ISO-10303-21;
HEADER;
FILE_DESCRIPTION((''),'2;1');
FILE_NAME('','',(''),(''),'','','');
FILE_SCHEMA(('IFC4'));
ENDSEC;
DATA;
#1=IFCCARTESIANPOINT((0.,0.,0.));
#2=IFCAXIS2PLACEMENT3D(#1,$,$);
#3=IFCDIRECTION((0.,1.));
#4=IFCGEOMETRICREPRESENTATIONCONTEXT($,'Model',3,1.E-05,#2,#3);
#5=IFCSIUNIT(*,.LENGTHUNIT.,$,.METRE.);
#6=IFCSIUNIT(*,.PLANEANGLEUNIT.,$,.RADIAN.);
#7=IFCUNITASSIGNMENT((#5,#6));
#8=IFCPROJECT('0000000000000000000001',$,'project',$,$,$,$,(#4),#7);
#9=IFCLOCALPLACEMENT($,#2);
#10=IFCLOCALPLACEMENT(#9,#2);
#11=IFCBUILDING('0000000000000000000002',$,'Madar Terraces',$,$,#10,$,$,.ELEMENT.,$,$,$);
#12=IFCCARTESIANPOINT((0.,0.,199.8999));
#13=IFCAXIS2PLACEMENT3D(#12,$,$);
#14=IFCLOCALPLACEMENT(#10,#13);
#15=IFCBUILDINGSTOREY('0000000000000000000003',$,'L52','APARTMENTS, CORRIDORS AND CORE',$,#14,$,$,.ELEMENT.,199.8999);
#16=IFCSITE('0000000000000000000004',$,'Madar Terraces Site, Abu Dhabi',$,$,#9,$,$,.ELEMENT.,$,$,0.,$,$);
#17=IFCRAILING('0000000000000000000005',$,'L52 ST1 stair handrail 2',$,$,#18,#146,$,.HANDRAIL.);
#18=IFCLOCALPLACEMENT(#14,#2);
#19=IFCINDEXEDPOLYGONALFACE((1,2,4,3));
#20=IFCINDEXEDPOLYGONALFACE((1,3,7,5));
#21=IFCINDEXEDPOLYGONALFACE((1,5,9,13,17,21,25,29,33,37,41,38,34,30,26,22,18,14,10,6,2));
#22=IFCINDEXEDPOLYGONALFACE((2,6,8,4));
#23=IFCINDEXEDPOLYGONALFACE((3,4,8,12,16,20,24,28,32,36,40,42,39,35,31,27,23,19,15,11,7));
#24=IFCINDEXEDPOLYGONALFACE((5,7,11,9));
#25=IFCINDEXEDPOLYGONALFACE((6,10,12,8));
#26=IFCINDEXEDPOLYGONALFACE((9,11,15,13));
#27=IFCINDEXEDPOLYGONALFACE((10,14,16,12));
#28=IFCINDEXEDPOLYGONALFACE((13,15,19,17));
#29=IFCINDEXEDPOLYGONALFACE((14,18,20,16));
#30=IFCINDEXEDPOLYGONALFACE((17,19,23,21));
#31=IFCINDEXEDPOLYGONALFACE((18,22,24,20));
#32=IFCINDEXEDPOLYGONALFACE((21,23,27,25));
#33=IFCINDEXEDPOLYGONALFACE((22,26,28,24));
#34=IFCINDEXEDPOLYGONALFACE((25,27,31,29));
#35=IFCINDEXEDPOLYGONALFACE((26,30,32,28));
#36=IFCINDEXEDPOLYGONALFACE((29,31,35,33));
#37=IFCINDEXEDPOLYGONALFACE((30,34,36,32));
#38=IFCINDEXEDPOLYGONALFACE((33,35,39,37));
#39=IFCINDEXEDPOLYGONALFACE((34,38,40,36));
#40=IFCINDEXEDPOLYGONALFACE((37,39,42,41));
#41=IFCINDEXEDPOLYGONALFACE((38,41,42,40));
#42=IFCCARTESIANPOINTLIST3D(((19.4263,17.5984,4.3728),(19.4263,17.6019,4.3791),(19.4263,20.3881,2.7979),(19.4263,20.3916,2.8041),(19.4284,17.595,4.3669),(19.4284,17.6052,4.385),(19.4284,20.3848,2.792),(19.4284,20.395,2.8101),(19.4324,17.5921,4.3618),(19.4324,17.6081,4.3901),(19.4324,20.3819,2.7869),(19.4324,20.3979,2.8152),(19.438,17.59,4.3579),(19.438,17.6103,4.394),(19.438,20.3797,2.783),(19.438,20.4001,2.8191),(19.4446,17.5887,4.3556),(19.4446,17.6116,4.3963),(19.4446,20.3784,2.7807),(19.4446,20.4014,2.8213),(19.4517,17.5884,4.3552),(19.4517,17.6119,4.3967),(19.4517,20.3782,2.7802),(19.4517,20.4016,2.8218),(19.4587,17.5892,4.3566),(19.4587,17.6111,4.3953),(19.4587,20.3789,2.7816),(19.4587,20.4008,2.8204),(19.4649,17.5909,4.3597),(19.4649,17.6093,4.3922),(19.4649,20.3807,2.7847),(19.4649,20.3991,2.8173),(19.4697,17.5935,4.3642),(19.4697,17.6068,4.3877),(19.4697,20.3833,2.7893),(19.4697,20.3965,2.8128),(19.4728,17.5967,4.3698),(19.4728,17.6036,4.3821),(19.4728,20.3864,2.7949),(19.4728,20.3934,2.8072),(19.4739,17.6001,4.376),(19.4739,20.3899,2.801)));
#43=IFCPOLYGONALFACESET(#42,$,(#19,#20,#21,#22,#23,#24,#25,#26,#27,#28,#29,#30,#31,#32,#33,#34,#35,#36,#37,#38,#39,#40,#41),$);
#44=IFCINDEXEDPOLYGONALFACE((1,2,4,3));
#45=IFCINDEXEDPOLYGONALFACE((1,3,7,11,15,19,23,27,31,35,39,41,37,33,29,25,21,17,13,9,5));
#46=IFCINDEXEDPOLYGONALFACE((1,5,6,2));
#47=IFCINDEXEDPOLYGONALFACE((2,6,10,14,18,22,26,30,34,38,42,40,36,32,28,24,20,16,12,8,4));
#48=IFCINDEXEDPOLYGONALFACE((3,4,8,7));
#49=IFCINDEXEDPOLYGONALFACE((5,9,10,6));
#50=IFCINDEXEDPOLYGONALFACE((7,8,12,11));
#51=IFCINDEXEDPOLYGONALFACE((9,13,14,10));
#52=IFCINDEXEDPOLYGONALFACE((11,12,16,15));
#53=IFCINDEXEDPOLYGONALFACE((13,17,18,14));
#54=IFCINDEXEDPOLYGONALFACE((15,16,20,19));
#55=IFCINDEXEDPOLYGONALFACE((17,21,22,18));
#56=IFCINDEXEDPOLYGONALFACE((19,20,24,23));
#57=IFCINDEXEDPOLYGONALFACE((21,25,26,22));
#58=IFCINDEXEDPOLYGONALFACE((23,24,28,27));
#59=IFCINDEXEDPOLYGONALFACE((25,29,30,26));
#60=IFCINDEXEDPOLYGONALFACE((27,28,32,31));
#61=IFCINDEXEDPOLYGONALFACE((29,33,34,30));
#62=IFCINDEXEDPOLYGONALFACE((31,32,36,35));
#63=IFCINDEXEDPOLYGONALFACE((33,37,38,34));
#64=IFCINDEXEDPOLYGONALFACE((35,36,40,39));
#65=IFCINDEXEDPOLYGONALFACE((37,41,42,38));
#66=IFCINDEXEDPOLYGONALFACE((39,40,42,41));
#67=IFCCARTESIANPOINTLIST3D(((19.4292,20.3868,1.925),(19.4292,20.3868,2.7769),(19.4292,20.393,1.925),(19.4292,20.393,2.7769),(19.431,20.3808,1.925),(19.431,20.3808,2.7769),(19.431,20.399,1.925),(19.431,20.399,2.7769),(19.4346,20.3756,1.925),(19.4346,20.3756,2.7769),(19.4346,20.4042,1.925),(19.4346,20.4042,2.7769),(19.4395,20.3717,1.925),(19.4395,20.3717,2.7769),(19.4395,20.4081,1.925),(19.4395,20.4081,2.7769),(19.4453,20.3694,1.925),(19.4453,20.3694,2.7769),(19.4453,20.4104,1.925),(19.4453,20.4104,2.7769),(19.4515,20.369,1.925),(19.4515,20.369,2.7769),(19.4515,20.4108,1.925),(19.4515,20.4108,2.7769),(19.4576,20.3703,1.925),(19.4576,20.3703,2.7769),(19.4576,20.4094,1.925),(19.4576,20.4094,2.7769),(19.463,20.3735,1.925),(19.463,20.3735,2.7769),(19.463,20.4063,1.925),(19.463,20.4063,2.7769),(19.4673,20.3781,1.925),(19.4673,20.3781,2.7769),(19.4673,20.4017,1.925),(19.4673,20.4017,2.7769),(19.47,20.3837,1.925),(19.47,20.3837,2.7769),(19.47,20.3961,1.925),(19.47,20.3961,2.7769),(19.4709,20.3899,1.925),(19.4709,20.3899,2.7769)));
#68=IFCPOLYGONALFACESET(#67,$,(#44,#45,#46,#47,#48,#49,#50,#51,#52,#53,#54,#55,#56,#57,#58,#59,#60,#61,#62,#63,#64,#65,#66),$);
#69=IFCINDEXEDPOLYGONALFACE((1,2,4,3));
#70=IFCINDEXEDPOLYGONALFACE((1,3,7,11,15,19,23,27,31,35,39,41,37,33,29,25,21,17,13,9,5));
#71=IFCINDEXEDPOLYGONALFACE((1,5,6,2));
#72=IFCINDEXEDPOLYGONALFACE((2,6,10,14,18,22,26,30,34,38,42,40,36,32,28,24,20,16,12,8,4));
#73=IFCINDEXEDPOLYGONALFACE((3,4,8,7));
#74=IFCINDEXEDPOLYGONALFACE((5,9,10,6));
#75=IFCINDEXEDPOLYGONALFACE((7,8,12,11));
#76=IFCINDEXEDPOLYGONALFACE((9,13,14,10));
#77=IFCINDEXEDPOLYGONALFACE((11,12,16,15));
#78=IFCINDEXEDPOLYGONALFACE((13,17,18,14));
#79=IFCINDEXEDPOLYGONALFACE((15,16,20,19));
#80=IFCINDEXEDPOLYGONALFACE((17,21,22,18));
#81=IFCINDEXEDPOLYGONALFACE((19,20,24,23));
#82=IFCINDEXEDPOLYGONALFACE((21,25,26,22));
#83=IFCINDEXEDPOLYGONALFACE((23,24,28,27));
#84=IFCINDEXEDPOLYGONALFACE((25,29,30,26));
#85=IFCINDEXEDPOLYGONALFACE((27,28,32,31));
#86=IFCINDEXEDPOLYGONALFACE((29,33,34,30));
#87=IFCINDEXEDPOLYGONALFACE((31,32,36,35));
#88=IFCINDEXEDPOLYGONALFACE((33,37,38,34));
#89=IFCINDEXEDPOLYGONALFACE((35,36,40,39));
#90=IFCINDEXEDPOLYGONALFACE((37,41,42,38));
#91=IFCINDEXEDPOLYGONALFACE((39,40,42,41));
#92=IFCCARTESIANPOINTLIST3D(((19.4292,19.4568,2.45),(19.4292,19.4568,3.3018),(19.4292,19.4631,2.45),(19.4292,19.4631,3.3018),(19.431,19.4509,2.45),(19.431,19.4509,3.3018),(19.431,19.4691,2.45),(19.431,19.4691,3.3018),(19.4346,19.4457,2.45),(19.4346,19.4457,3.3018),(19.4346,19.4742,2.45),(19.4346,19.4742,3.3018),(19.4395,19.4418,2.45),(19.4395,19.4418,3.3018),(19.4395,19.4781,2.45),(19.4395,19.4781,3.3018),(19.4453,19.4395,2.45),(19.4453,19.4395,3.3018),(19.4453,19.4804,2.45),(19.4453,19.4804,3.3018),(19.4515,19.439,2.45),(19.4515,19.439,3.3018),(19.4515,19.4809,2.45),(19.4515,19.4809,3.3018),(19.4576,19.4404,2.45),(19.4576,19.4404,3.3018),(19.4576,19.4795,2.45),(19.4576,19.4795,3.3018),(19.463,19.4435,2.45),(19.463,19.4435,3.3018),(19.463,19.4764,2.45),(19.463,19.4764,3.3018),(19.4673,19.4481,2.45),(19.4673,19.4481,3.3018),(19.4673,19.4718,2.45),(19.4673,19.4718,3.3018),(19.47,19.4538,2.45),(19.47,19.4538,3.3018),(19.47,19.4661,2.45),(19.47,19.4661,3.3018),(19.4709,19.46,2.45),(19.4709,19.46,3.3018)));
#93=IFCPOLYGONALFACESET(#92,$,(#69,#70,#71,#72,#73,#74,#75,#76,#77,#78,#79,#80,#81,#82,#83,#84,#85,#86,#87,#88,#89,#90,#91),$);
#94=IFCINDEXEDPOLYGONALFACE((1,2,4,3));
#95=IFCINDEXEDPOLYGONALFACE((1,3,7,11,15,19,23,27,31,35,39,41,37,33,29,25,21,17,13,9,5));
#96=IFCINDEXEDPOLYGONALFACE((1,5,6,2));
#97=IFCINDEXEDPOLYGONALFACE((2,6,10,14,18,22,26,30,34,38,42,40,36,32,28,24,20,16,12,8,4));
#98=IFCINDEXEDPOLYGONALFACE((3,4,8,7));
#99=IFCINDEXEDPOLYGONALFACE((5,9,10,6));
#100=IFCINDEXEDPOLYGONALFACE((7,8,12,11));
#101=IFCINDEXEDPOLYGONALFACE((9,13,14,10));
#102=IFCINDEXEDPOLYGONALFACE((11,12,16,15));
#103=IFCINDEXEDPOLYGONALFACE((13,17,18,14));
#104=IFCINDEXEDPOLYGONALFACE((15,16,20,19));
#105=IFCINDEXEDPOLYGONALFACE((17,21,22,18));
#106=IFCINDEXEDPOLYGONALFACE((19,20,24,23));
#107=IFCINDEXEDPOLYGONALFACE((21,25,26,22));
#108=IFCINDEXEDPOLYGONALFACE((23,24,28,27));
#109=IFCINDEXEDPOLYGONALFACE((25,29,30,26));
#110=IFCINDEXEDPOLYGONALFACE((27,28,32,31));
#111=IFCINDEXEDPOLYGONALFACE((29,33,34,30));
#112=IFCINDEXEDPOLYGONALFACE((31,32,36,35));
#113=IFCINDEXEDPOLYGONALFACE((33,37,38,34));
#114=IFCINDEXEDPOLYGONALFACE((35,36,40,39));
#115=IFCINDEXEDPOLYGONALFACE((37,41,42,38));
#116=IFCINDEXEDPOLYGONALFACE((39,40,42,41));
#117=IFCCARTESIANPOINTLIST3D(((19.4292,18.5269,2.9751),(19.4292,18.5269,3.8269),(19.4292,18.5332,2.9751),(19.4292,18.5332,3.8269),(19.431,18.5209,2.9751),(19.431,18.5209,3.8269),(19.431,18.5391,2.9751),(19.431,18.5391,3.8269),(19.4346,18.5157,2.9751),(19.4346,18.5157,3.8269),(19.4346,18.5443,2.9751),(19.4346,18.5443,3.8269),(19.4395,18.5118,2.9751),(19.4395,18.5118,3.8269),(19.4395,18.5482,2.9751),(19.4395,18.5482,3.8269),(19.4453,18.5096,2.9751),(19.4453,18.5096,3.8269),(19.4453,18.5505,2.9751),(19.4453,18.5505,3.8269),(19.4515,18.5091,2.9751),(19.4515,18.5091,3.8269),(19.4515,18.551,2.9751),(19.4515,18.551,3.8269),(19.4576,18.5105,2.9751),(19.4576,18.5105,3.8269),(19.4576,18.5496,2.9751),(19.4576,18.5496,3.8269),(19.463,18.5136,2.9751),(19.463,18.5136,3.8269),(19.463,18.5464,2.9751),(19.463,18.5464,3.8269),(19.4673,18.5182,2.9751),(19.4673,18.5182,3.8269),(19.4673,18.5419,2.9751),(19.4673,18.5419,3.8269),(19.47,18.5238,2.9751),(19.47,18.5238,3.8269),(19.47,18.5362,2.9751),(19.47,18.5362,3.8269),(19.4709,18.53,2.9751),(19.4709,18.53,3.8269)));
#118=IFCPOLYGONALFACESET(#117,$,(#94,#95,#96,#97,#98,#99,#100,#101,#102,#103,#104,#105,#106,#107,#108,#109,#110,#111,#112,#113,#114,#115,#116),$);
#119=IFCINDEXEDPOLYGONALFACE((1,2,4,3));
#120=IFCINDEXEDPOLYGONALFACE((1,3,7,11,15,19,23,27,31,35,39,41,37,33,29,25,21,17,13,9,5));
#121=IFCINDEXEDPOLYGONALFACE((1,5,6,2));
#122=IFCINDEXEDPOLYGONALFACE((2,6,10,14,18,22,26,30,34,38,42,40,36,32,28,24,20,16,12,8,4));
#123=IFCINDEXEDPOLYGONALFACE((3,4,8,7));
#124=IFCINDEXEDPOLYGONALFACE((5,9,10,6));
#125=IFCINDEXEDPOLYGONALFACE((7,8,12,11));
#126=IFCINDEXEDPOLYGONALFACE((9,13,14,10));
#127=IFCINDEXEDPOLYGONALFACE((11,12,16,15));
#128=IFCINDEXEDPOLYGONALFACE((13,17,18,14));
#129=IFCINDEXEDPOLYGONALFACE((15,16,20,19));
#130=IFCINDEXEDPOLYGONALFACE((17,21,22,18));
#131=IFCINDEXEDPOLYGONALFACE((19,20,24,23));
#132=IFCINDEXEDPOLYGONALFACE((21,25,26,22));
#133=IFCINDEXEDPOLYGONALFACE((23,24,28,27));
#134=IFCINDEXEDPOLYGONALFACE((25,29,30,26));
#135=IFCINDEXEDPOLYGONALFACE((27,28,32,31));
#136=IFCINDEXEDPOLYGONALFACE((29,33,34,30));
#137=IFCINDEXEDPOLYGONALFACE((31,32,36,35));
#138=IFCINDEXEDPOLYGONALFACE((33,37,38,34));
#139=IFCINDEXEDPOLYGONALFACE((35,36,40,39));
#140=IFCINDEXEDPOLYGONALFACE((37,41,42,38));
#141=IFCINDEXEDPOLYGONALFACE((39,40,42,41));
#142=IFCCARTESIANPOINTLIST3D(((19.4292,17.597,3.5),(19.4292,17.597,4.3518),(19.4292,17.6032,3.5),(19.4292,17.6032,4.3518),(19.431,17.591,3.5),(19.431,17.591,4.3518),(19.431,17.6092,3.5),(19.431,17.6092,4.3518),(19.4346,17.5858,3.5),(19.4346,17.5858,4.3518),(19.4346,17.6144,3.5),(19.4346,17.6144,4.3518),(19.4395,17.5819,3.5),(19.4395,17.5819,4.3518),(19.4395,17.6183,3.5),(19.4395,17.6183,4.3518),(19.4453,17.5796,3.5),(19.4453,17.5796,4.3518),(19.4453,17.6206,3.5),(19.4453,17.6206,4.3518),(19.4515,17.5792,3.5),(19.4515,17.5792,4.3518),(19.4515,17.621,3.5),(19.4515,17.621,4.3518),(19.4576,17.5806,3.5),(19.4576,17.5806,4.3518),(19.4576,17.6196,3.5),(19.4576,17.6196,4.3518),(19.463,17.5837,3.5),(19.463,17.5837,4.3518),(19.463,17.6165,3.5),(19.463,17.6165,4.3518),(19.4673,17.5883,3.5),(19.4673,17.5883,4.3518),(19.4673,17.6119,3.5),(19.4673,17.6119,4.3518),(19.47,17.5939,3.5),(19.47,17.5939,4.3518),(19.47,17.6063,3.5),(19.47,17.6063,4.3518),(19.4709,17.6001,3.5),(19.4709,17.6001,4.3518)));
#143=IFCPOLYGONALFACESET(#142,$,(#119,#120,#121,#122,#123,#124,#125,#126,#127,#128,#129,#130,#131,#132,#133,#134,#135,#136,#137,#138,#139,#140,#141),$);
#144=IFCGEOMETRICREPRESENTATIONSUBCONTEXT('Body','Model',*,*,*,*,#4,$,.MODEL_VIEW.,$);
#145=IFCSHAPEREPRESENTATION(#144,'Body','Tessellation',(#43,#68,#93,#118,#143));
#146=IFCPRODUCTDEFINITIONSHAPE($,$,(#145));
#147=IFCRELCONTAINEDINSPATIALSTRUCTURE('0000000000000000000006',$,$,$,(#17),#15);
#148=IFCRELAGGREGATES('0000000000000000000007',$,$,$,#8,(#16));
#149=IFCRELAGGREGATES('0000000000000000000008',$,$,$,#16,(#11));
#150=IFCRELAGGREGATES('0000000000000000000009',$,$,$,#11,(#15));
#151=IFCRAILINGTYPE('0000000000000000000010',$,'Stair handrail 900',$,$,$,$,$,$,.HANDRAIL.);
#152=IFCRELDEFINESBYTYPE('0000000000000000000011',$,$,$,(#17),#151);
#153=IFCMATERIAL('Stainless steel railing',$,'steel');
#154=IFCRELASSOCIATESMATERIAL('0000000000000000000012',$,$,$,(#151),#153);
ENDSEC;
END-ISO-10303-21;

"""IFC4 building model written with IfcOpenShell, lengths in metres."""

from ifc_helpers import new_model, si_unit, direction, frame, origin, origin_2d, place, context, subcontext, project, spatial, circle, extrude, material, type_object, element, save


model = new_model("IFC4")

# Units and contexts
model_context = context("Model", 3, precision=1e-05, world=origin(), true_north=direction((0.0, 1.0)))
body_context = subcontext(model_context, "Body", "Model", "MODEL_VIEW")
ifc_project = project(units=[si_unit("LENGTHUNIT", "METRE"), si_unit("PLANEANGLEUNIT", "RADIAN")], contexts=[model_context])

# Site, building, storey
site_placement = place(None, origin())
site = spatial("IfcSite", under=ifc_project, at=site_placement, Name="Madar Terraces Site, Abu Dhabi", CompositionType="ELEMENT", RefElevation=0.0)
building_placement = place(site_placement, origin())
building = spatial("IfcBuilding", under=site, at=building_placement, Name="Madar Terraces", CompositionType="ELEMENT")
storey_placement = place(building_placement, frame((0.0, 0.0, 199.8999)))
storey = spatial("IfcBuildingStorey", under=building, at=storey_placement, Name="L52", Description="APARTMENTS, CORRIDORS AND CORE", CompositionType="ELEMENT", Elevation=199.8999)

# Railing
ifc_material_1 = material(Name="Stainless steel railing", Category="steel")
railing_type_1 = type_object("IfcRailingType", Name="Stair handrail 900", PredefinedType="HANDRAIL", material=ifc_material_1)
railing_1_placement = place(storey_placement, frame((19.45, 20.3899, 1.925)))
element("IfcRailing", 1, at=railing_1_placement, inside=storey, type_object=railing_type_1, Name="L52 ST1 stair handrail 2", PredefinedType="HANDRAIL", context=body_context, shape_type="SweptSolid", body=[
    extrude(circle(Radius=0.0239, at=origin_2d()), frame((0.0, 0.0, 0.876), z_axis=(0.0, -0.870815, 0.49161), x_axis=(1.0, 0.0, 0.0)), (0.0, 0.0, 1.0), 3.2036),
    extrude(circle(Radius=0.021, at=origin_2d()), origin(), (0.0, 0.0, 1.0), 0.8518),
    extrude(circle(Radius=0.021, at=origin_2d()), frame((0.0, -0.9299, 0.5249)), (0.0, 0.0, 1.0), 0.8518),
    extrude(circle(Radius=0.021, at=origin_2d()), frame((0.0, -1.8599, 1.05)), (0.0, 0.0, 1.0), 0.8518),
    extrude(circle(Radius=0.021, at=origin_2d()), frame((0.0, -2.7898, 1.575)), (0.0, 0.0, 1.0), 0.8518),
])

save(model, "model.ifc")
